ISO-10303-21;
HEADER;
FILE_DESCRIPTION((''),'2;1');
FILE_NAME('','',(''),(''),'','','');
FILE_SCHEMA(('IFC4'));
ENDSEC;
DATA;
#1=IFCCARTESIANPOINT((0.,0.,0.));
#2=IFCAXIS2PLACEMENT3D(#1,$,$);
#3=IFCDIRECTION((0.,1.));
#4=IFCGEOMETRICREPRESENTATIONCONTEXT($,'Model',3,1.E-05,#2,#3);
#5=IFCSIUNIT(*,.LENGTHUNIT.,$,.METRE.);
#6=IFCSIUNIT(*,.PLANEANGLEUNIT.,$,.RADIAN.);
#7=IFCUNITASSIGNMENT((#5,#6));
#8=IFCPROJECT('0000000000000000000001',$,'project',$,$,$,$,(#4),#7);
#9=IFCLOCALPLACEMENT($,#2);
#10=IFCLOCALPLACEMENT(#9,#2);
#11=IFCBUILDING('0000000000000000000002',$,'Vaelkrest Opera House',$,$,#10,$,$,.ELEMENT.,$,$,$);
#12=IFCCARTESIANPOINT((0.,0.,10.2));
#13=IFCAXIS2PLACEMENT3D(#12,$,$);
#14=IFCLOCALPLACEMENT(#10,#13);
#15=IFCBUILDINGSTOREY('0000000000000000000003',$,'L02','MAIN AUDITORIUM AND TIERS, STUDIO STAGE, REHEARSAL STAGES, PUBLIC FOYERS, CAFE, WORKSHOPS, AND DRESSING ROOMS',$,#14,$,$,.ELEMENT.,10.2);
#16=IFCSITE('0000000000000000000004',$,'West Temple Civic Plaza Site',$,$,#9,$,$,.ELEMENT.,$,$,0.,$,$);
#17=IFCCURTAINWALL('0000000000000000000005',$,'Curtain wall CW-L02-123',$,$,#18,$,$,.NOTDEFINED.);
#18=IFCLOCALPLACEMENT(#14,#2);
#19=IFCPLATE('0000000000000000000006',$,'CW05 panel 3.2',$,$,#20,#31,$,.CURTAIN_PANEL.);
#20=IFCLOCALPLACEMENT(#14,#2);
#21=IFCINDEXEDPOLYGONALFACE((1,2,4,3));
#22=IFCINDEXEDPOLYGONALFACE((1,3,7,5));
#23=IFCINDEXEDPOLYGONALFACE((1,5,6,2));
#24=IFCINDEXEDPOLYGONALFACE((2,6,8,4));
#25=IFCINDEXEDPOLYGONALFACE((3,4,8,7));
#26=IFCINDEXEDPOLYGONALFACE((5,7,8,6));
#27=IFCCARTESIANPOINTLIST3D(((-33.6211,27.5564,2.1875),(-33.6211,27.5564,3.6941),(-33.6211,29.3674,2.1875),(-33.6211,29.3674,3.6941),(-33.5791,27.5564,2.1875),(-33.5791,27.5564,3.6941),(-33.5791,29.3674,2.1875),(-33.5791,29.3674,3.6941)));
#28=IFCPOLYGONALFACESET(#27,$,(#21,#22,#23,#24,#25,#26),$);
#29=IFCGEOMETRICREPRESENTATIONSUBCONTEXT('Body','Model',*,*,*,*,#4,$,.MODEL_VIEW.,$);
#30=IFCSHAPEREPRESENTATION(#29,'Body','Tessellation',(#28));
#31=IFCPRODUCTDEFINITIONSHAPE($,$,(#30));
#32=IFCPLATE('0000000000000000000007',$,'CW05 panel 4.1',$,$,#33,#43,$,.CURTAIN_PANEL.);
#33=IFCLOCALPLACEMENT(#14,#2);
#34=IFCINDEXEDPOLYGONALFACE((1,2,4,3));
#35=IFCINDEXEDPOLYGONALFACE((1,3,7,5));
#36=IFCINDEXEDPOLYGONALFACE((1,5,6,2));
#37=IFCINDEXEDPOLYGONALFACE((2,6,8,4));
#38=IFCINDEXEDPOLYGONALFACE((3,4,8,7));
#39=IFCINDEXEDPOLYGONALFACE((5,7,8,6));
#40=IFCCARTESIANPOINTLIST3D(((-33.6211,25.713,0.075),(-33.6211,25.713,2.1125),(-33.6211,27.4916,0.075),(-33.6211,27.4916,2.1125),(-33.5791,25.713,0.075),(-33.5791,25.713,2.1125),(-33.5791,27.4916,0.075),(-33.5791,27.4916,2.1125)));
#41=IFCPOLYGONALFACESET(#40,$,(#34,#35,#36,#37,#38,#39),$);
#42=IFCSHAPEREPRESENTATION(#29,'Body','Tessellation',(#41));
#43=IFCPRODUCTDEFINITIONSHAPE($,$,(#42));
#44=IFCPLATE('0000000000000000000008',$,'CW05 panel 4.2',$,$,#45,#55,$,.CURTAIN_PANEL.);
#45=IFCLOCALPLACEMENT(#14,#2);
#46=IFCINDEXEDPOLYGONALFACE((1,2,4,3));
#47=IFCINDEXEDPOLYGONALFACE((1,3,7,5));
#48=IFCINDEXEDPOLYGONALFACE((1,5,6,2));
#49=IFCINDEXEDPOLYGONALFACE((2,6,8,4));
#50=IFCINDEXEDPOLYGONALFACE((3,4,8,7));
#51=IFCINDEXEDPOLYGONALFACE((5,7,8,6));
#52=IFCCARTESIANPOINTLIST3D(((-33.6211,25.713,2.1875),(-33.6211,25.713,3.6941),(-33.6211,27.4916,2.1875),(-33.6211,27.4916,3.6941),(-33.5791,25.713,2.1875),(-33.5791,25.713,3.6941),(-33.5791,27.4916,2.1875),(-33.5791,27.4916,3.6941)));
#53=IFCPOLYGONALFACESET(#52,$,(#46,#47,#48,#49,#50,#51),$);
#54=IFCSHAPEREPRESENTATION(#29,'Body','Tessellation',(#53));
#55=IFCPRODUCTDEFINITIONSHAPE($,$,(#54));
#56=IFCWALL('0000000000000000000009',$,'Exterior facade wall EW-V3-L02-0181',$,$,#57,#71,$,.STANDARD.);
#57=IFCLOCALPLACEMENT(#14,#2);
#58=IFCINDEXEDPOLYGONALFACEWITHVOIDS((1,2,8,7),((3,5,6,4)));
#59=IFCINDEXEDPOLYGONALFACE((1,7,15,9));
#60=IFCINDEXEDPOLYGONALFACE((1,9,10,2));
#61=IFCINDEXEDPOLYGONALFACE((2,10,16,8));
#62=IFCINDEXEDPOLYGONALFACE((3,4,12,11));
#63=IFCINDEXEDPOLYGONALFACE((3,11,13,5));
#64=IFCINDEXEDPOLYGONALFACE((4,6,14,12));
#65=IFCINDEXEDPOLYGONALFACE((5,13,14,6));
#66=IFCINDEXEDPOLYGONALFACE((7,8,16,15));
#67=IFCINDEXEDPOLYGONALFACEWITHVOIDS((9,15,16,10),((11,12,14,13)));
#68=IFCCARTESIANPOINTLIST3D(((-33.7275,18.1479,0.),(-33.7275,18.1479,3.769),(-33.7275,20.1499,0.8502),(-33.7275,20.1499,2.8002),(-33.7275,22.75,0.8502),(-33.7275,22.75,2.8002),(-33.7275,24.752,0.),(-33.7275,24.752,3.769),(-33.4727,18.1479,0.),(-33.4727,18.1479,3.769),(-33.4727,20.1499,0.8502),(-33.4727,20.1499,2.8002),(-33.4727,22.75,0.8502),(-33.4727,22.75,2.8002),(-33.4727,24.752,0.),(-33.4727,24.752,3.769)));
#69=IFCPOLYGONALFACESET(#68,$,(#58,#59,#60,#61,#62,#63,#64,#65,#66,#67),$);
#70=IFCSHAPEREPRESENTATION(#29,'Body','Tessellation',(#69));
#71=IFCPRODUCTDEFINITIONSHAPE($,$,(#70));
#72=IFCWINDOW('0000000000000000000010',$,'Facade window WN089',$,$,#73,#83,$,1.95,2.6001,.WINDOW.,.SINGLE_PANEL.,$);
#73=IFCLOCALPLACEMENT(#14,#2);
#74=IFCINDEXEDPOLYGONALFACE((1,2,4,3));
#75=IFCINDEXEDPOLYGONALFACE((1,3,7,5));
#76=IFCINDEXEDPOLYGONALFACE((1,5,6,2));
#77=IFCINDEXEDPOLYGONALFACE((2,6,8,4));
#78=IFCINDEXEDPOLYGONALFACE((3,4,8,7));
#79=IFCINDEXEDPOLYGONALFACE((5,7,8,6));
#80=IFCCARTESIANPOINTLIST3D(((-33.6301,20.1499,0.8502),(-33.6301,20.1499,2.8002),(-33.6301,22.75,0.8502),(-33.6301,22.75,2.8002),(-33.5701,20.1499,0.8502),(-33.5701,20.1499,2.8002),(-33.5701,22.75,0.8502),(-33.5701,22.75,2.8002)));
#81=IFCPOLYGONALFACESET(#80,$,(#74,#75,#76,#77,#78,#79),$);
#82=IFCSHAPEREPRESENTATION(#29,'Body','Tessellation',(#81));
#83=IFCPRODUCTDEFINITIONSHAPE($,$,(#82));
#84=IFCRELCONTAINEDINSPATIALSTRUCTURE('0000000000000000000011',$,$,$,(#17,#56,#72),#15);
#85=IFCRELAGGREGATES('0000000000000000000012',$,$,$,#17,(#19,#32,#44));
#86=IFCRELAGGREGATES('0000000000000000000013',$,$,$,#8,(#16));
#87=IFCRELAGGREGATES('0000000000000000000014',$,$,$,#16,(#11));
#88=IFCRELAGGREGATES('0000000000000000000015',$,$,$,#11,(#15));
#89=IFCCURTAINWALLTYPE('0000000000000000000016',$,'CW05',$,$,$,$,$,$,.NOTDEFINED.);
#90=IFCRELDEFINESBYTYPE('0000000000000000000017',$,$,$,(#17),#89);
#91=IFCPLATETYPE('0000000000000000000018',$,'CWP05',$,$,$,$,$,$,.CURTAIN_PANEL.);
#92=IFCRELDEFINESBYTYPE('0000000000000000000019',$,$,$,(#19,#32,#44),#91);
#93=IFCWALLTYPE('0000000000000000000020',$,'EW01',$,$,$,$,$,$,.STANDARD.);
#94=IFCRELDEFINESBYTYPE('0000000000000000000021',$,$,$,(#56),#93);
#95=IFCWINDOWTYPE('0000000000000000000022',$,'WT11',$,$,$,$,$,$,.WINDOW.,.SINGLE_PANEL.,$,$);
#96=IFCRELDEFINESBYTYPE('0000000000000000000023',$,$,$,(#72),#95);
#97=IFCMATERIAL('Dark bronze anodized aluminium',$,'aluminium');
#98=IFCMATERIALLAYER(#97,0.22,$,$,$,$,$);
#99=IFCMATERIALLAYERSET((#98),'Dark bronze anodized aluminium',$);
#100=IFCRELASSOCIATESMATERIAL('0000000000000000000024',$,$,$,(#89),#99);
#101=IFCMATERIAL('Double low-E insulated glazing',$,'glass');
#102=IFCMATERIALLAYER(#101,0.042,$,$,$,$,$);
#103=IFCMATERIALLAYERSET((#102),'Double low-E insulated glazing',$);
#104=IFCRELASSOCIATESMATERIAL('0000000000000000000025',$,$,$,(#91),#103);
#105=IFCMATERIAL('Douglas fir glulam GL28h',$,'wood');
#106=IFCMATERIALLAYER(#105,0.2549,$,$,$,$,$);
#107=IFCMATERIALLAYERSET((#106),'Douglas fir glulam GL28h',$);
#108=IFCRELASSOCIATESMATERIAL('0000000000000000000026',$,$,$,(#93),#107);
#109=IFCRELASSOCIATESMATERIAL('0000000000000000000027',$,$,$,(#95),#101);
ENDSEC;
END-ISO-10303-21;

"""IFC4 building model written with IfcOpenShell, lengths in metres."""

from ifc_helpers import new_model, si_unit, direction, frame, frame_2d, origin, origin_2d, place, context, subcontext, project, spatial, rectangle, extrude, material, layer, layer_set, type_object, element, fill, aggregate, save


model = new_model("IFC4")

# Units and contexts
model_context = context("Model", 3, precision=1e-05, world=origin(), true_north=direction((0.0, 1.0)))
body_context = subcontext(model_context, "Body", "Model", "MODEL_VIEW")
ifc_project = project(units=[si_unit("LENGTHUNIT", "METRE"), si_unit("PLANEANGLEUNIT", "RADIAN")], contexts=[model_context])

# Site, building, storey
site_placement = place(None, origin())
site = spatial("IfcSite", under=ifc_project, at=site_placement, Name="West Temple Civic Plaza Site", CompositionType="ELEMENT", RefElevation=0.0)
building_placement = place(site_placement, origin())
building = spatial("IfcBuilding", under=site, at=building_placement, Name="Vaelkrest Opera House", CompositionType="ELEMENT")
storey_placement = place(building_placement, frame((0.0, 0.0, 10.2)))
storey = spatial("IfcBuildingStorey", under=building, at=storey_placement, Name="L02", Description="MAIN AUDITORIUM AND TIERS, STUDIO STAGE, REHEARSAL STAGES, PUBLIC FOYERS, CAFE, WORKSHOPS, AND DRESSING ROOMS", CompositionType="ELEMENT", Elevation=10.2)

# Curtain wall
ifc_material_1 = material(Name="Dark bronze anodized aluminium", Category="aluminium")
ifc_layer_1 = layer(ifc_material_1, 0.22)
ifc_layer_set_1 = layer_set([ifc_layer_1], Name="Dark bronze anodized aluminium")
curtain_wall_type = type_object("IfcCurtainWallType", Name="CW05", PredefinedType="NOTDEFINED", material=ifc_layer_set_1)
curtain_wall_placement = place(storey_placement, origin())
curtain_wall = element("IfcCurtainWall", 1, at=curtain_wall_placement, inside=storey, type_object=curtain_wall_type, Name="Curtain wall CW-L02-123", PredefinedType="NOTDEFINED")

# Plates
ifc_material_2 = material(Name="Double low-E insulated glazing", Category="glass")
ifc_layer_2 = layer(ifc_material_2, 0.042)
ifc_layer_set_2 = layer_set([ifc_layer_2], Name="Double low-E insulated glazing")
plate_type = type_object("IfcPlateType", Name="CWP05", PredefinedType="CURTAIN_PANEL", material=ifc_layer_set_2)
plate_1_placement = place(storey_placement, frame((-33.6001, 28.4619, 2.1875), z_axis=(0.0, 0.0, 1.0), x_axis=(0.0, -1.0, 0.0)))
plate_1 = element("IfcPlate", 2, at=plate_1_placement, type_object=plate_type, Name="CW05 panel 3.2", PredefinedType="CURTAIN_PANEL", context=body_context, shape_type="SweptSolid", body=[
    extrude(rectangle(XDim=1.811, YDim=0.042, at=origin_2d()), origin(), (0.0, 0.0, 1.0), 1.5066),
])
plate_2_placement = place(storey_placement, frame((-33.6001, 26.6023, 0.075), z_axis=(0.0, 0.0, 1.0), x_axis=(0.0, -1.0, 0.0)))
plate_2 = element("IfcPlate", 3, at=plate_2_placement, type_object=plate_type, Name="CW05 panel 4.1", PredefinedType="CURTAIN_PANEL", context=body_context, shape_type="SweptSolid", body=[
    extrude(rectangle(XDim=1.7786, YDim=0.042, at=origin_2d()), origin(), (0.0, 0.0, 1.0), 2.0376),
])
plate_3_placement = place(storey_placement, frame((-33.6001, 26.6023, 2.1875), z_axis=(0.0, 0.0, 1.0), x_axis=(0.0, -1.0, 0.0)))
plate_3 = element("IfcPlate", 4, at=plate_3_placement, type_object=plate_type, Name="CW05 panel 4.2", PredefinedType="CURTAIN_PANEL", context=body_context, shape_type="SweptSolid", body=[
    extrude(rectangle(XDim=1.7786, YDim=0.042, at=origin_2d()), origin(), (0.0, 0.0, 1.0), 1.5066),
])
aggregate(curtain_wall, [plate_1, plate_2, plate_3])

# Wall, opening, window
ifc_material_3 = material(Name="Douglas fir glulam GL28h", Category="wood")
ifc_layer_3 = layer(ifc_material_3, 0.2549)
ifc_layer_set_3 = layer_set([ifc_layer_3], Name="Douglas fir glulam GL28h")
wall_type = type_object("IfcWallType", Name="EW01", PredefinedType="STANDARD", material=ifc_layer_set_3)
wall_placement = place(storey_placement, frame((-33.6001, 24.752, 0.0), z_axis=(0.0, 0.0, 1.0), x_axis=(0.0, -1.0, 0.0)))
wall = element("IfcWall", 5, at=wall_placement, inside=storey, type_object=wall_type, Name="Exterior facade wall EW-V3-L02-0181", PredefinedType="STANDARD", context=body_context, shape_type="SweptSolid", body=[
    extrude(rectangle(XDim=6.604, YDim=0.2549, at=frame_2d((3.302, 0.0))), origin(), (0.0, 0.0, 1.0), 3.769),
])
opening_placement = place(wall_placement, frame((2.002, 0.0, 0.8501)))
opening = element("IfcOpeningElement", 6, at=opening_placement, cuts=wall, PredefinedType="OPENING", context=body_context, shape_type="SweptSolid", body=[
    extrude(rectangle(XDim=2.6001, YDim=1.95, at=frame_2d((1.3, 0.9751))), frame((0.0, 0.1375, 0.0), z_axis=(0.0, -1.0, 0.0), x_axis=(1.0, 0.0, 0.0)), (0.0, 0.0, 1.0), 0.2749),
])
window_type = type_object("IfcWindowType", Name="WT11", PartitioningType="SINGLE_PANEL", PredefinedType="WINDOW", material=ifc_material_2)
window_placement = place(opening_placement, origin())
window = element("IfcWindow", 7, at=window_placement, inside=storey, type_object=window_type, Name="Facade window WN089", OverallHeight=1.95, OverallWidth=2.6001, PartitioningType="SINGLE_PANEL", PredefinedType="WINDOW", context=body_context, shape_type="SweptSolid", body=[
    extrude(rectangle(XDim=2.6001, YDim=1.95, at=frame_2d((1.3, 0.9751))), frame((0.0, 0.03, 0.0), z_axis=(0.0, -1.0, 0.0), x_axis=(1.0, 0.0, 0.0)), (0.0, 0.0, 1.0), 0.0601),
])
fill(opening, window)

save(model, "model.ifc")
